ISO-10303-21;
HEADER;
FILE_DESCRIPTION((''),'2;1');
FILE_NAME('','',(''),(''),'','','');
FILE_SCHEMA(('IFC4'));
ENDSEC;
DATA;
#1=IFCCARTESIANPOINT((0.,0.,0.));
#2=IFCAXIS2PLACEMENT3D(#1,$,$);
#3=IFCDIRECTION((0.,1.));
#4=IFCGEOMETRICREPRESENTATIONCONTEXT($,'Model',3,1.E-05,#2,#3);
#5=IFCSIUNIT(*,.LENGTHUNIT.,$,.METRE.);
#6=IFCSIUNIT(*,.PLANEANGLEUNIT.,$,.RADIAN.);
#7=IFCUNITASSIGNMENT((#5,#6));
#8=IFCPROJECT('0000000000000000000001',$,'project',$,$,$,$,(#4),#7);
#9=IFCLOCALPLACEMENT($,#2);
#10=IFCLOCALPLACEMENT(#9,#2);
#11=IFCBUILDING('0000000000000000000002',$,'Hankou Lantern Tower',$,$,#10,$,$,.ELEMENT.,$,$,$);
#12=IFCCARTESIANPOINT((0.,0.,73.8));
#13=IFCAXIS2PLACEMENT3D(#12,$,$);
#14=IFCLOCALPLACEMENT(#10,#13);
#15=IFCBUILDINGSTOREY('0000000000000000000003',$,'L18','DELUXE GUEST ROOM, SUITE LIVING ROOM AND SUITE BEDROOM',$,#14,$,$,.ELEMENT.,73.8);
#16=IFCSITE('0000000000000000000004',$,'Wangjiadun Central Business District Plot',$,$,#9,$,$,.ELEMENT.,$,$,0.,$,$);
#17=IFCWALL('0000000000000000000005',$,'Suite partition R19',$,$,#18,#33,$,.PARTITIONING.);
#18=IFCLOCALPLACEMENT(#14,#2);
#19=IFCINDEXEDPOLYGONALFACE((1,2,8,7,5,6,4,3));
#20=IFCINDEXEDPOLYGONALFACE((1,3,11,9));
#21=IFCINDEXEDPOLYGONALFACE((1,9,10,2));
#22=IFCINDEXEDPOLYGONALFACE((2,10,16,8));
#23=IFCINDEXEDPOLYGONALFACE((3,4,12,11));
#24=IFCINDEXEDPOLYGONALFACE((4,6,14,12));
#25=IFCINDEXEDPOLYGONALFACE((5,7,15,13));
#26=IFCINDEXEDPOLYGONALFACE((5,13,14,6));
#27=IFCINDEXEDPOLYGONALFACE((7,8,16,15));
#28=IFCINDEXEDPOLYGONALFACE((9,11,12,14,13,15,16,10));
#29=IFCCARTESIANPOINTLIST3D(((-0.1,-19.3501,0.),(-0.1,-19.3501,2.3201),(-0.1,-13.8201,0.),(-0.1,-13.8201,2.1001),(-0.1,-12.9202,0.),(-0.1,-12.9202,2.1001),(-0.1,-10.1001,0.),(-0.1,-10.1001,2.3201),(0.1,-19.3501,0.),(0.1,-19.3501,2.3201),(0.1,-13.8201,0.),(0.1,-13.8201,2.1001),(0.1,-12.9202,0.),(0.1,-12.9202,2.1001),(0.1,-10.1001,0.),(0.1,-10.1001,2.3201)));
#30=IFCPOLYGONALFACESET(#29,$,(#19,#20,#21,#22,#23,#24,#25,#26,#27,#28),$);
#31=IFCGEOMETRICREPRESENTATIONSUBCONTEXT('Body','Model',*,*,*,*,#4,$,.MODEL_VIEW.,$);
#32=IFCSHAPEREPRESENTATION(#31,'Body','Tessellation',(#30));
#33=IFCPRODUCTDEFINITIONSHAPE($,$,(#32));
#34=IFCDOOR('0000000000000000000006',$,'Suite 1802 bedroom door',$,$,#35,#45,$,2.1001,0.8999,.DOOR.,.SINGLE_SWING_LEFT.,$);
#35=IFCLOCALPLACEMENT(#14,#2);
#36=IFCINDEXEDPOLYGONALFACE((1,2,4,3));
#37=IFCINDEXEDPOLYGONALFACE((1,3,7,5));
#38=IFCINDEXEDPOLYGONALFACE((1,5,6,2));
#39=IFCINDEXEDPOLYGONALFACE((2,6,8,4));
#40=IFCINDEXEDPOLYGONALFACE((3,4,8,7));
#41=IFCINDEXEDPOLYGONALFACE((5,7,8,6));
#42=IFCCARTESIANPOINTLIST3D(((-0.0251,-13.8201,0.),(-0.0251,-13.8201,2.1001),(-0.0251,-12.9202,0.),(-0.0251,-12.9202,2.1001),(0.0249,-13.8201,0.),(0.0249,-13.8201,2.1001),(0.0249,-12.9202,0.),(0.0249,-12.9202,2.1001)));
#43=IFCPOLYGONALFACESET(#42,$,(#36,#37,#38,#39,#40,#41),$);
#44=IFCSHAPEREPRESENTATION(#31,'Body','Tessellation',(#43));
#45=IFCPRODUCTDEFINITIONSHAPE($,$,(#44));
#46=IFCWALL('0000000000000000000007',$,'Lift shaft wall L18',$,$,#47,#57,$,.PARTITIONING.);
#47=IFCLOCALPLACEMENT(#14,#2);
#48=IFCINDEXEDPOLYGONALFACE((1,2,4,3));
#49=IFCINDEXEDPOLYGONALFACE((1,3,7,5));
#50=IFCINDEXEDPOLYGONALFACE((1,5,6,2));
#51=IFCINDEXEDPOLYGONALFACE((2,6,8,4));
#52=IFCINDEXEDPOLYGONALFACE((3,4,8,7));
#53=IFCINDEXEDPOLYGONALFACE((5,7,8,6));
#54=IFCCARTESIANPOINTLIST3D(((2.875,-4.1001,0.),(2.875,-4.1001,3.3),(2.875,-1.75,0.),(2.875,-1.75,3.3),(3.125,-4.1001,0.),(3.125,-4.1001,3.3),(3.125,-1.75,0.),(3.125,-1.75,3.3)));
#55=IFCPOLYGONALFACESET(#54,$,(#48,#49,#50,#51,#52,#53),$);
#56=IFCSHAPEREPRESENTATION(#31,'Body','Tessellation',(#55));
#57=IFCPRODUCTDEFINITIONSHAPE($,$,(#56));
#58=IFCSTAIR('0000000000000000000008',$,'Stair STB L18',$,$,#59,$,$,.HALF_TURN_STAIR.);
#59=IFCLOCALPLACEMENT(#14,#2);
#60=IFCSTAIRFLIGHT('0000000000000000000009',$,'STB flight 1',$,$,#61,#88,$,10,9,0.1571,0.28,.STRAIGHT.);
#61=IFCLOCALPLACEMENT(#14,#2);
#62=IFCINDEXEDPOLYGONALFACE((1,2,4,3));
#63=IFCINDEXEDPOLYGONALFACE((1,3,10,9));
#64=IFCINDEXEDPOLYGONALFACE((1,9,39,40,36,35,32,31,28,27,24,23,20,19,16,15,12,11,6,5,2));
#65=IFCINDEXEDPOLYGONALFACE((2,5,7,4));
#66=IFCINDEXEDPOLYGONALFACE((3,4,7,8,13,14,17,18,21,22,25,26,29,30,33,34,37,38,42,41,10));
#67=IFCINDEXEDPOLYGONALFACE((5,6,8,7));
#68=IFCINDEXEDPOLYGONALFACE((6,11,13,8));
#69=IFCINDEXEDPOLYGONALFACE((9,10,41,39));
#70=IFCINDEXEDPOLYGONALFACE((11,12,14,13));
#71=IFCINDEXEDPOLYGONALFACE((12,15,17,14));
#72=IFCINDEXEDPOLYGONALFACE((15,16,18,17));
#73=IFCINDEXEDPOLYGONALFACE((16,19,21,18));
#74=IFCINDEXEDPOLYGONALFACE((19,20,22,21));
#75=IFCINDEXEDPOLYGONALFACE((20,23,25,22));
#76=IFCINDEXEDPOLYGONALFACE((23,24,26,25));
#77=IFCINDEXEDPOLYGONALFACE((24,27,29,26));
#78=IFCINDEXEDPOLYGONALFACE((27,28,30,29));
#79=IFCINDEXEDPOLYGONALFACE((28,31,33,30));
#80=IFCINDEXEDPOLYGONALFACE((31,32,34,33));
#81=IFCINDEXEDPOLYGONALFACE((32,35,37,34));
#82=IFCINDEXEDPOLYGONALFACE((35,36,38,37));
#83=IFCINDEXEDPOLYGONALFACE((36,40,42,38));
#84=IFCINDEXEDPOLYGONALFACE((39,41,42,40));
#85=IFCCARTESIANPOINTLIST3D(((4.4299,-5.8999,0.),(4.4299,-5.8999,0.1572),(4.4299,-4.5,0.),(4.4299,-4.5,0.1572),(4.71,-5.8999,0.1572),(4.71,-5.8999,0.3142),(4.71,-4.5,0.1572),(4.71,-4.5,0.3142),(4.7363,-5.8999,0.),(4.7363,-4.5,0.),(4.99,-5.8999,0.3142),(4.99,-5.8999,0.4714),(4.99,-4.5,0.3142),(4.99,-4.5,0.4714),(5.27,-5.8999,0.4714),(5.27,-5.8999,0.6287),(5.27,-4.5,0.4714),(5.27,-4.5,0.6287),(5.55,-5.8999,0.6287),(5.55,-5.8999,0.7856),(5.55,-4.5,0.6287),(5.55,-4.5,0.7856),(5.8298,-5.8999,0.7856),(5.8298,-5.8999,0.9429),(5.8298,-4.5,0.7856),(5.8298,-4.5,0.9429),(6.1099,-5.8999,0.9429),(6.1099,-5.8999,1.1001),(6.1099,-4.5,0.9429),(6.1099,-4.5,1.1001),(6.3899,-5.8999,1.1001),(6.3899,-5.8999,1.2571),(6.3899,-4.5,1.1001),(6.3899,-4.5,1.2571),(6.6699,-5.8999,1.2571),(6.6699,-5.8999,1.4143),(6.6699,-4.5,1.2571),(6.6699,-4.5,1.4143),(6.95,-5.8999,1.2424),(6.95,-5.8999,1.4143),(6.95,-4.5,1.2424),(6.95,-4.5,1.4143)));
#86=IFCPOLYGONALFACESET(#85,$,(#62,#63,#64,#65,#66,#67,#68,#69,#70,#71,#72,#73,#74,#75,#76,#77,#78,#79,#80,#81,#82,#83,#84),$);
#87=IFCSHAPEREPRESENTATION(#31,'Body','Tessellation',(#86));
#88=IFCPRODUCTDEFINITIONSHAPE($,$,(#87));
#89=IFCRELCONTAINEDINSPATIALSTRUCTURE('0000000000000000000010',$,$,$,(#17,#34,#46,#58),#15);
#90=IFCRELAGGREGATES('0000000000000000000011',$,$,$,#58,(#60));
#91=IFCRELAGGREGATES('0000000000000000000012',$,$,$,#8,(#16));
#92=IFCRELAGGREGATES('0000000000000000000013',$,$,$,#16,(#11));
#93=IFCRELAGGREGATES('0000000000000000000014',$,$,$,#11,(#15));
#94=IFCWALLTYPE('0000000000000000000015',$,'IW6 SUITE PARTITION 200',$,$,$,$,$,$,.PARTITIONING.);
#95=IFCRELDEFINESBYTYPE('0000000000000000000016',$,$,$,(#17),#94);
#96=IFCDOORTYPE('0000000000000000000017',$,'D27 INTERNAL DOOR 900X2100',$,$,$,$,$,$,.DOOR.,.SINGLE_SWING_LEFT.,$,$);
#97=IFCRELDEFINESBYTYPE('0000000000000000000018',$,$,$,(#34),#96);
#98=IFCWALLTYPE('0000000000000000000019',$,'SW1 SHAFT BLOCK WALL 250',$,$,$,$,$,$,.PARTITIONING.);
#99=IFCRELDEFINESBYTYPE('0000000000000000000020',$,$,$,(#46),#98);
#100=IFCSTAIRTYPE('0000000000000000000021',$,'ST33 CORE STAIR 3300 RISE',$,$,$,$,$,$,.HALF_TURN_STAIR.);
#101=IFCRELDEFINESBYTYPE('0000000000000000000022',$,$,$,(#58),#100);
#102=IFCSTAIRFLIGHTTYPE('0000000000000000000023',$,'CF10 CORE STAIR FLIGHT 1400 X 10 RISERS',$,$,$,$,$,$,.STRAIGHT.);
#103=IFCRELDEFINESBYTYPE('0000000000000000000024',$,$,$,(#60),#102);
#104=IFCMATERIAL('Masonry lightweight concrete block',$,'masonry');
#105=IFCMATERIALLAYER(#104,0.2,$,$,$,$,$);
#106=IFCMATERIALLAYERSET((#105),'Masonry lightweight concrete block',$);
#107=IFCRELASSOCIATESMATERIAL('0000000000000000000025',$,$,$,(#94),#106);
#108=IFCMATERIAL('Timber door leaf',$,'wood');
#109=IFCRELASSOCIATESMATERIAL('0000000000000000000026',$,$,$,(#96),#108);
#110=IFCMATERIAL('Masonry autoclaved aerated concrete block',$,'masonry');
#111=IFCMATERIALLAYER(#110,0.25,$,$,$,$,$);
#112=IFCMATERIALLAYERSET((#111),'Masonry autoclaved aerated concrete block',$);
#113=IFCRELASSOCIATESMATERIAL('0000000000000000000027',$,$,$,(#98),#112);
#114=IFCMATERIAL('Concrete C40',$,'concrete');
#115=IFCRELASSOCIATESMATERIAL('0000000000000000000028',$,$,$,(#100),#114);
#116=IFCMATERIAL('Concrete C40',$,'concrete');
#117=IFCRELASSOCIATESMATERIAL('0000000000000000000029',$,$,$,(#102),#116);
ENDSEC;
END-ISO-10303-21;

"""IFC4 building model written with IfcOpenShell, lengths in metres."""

from ifc_helpers import new_model, si_unit, direction, frame, frame_2d, origin, place, context, subcontext, project, spatial, polyline, rectangle, outline, extrude, material, layer, layer_set, type_object, element, fill, aggregate, save


model = new_model("IFC4")

# Units and contexts
model_context = context("Model", 3, precision=1e-05, world=origin(), true_north=direction((0.0, 1.0)))
body_context = subcontext(model_context, "Body", "Model", "MODEL_VIEW")
ifc_project = project(units=[si_unit("LENGTHUNIT", "METRE"), si_unit("PLANEANGLEUNIT", "RADIAN")], contexts=[model_context])

# Site, building, storey
site_placement = place(None, origin())
site = spatial("IfcSite", under=ifc_project, at=site_placement, Name="Wangjiadun Central Business District Plot", CompositionType="ELEMENT", RefElevation=0.0)
building_placement = place(site_placement, origin())
building = spatial("IfcBuilding", under=site, at=building_placement, Name="Hankou Lantern Tower", CompositionType="ELEMENT")
storey_placement = place(building_placement, frame((0.0, 0.0, 73.8)))
storey = spatial("IfcBuildingStorey", under=building, at=storey_placement, Name="L18", Description="DELUXE GUEST ROOM, SUITE LIVING ROOM AND SUITE BEDROOM", CompositionType="ELEMENT", Elevation=73.8)

# Wall, opening, door
ifc_material_1 = material(Name="Masonry lightweight concrete block", Category="masonry")
ifc_layer_1 = layer(ifc_material_1, 0.2)
ifc_layer_set_1 = layer_set([ifc_layer_1], Name="Masonry lightweight concrete block")
wall_type_1 = type_object("IfcWallType", Name="IW6 SUITE PARTITION 200", PredefinedType="PARTITIONING", material=ifc_layer_set_1)
wall_1_placement = place(storey_placement, frame((0.0, -10.1001, 0.0), z_axis=(0.0, 0.0, 1.0), x_axis=(0.0, -1.0, 0.0)))
wall_1 = element("IfcWall", 1, at=wall_1_placement, inside=storey, type_object=wall_type_1, Name="Suite partition R19", PredefinedType="PARTITIONING", context=body_context, shape_type="SweptSolid", body=[
    extrude(rectangle(XDim=9.25, YDim=0.2, at=frame_2d((4.625, 0.0))), origin(), (0.0, 0.0, 1.0), 2.3201),
])
opening_1_placement = place(wall_1_placement, frame((2.8201, 0.0, 0.0)))
opening_1 = element("IfcOpeningElement", 2, at=opening_1_placement, cuts=wall_1, PredefinedType="OPENING", context=body_context, shape_type="SweptSolid", body=[
    extrude(rectangle(XDim=0.8999, YDim=2.1001, at=frame_2d((0.45, 1.05))), frame((0.0, 0.1099, 0.0), z_axis=(0.0, -1.0, 0.0), x_axis=(1.0, 0.0, 0.0)), (0.0, 0.0, 1.0), 0.22),
])
ifc_material_2 = material(Name="Timber door leaf", Category="wood")
door_type_1 = type_object("IfcDoorType", Name="D27 INTERNAL DOOR 900X2100", OperationType="SINGLE_SWING_LEFT", PredefinedType="DOOR", material=ifc_material_2)
door_1_placement = place(opening_1_placement, origin())
door_1 = element("IfcDoor", 3, at=door_1_placement, inside=storey, type_object=door_type_1, Name="Suite 1802 bedroom door", OperationType="SINGLE_SWING_LEFT", OverallHeight=2.1001, OverallWidth=0.8999, PredefinedType="DOOR", context=body_context, shape_type="SweptSolid", body=[
    extrude(rectangle(XDim=0.8999, YDim=2.1001, at=frame_2d((0.45, 1.05))), frame((0.0, 0.0249, 0.0), z_axis=(0.0, -1.0, 0.0), x_axis=(1.0, 0.0, 0.0)), (0.0, 0.0, 1.0), 0.05),
])
fill(opening_1, door_1)

# Wall
ifc_material_3 = material(Name="Masonry autoclaved aerated concrete block", Category="masonry")
ifc_layer_2 = layer(ifc_material_3, 0.25)
ifc_layer_set_2 = layer_set([ifc_layer_2], Name="Masonry autoclaved aerated concrete block")
wall_type_2 = type_object("IfcWallType", Name="SW1 SHAFT BLOCK WALL 250", PredefinedType="PARTITIONING", material=ifc_layer_set_2)
wall_2_placement = place(storey_placement, frame((3.0, -4.1001, 0.0), z_axis=(0.0, 0.0, 1.0), x_axis=(0.0, 1.0, 0.0)))
element("IfcWall", 4, at=wall_2_placement, inside=storey, type_object=wall_type_2, Name="Lift shaft wall L18", PredefinedType="PARTITIONING", context=body_context, shape_type="SweptSolid", body=[
    extrude(rectangle(XDim=2.3501, YDim=0.25, at=frame_2d((1.175, 0.0))), origin(), (0.0, 0.0, 1.0), 3.3),
])

# Stair, stair flight
ifc_material_4 = material(Name="Concrete C40", Category="concrete")
stair_type = type_object("IfcStairType", Name="ST33 CORE STAIR 3300 RISE", PredefinedType="HALF_TURN_STAIR", material=ifc_material_4)
stair_placement = place(storey_placement, origin())
stair = element("IfcStair", 5, at=stair_placement, inside=storey, type_object=stair_type, Name="Stair STB L18", PredefinedType="HALF_TURN_STAIR")
ifc_material_5 = material(Name="Concrete C40", Category="concrete")
stair_flight_type = type_object("IfcStairFlightType", Name="CF10 CORE STAIR FLIGHT 1400 X 10 RISERS", PredefinedType="STRAIGHT", material=ifc_material_5)
stair_flight_placement = place(storey_placement, frame((4.4299, -5.2, 0.0), z_axis=(0.0, 0.0, 1.0), x_axis=(1.0, 0.0, 0.0)))
stair_flight = element("IfcStairFlight", 6, at=stair_flight_placement, type_object=stair_flight_type, Name="STB flight 1", NumberOfRisers=10, NumberOfTreads=9, PredefinedType="STRAIGHT", RiserHeight=0.1571, TreadLength=0.28, context=body_context, shape_type="SweptSolid", body=[
    extrude(outline(polyline([(0.0, 0.0), (0.0, 0.1572), (0.28, 0.1572), (0.28, 0.3142), (0.5601, 0.3142), (0.5601, 0.4714), (0.8401, 0.4714), (0.8401, 0.6287), (1.1201, 0.6287), (1.1201, 0.7856), (1.3999, 0.7856), (1.3999, 0.9429), (1.6799, 0.9429), (1.6799, 1.1001), (1.96, 1.1001), (1.96, 1.2571), (2.24, 1.2571), (2.24, 1.4143), (2.52, 1.4143), (2.52, 1.5715), (2.52, 1.2424), (0.3064, 0.0), (0.0, 0.0)])), frame((0.0, 0.7, 0.0), z_axis=(0.0, -1.0, 0.0), x_axis=(1.0, 0.0, 0.0)), (0.0, 0.0, 1.0), 1.3999),
])
aggregate(stair, [stair_flight])

save(model, "model.ifc")
